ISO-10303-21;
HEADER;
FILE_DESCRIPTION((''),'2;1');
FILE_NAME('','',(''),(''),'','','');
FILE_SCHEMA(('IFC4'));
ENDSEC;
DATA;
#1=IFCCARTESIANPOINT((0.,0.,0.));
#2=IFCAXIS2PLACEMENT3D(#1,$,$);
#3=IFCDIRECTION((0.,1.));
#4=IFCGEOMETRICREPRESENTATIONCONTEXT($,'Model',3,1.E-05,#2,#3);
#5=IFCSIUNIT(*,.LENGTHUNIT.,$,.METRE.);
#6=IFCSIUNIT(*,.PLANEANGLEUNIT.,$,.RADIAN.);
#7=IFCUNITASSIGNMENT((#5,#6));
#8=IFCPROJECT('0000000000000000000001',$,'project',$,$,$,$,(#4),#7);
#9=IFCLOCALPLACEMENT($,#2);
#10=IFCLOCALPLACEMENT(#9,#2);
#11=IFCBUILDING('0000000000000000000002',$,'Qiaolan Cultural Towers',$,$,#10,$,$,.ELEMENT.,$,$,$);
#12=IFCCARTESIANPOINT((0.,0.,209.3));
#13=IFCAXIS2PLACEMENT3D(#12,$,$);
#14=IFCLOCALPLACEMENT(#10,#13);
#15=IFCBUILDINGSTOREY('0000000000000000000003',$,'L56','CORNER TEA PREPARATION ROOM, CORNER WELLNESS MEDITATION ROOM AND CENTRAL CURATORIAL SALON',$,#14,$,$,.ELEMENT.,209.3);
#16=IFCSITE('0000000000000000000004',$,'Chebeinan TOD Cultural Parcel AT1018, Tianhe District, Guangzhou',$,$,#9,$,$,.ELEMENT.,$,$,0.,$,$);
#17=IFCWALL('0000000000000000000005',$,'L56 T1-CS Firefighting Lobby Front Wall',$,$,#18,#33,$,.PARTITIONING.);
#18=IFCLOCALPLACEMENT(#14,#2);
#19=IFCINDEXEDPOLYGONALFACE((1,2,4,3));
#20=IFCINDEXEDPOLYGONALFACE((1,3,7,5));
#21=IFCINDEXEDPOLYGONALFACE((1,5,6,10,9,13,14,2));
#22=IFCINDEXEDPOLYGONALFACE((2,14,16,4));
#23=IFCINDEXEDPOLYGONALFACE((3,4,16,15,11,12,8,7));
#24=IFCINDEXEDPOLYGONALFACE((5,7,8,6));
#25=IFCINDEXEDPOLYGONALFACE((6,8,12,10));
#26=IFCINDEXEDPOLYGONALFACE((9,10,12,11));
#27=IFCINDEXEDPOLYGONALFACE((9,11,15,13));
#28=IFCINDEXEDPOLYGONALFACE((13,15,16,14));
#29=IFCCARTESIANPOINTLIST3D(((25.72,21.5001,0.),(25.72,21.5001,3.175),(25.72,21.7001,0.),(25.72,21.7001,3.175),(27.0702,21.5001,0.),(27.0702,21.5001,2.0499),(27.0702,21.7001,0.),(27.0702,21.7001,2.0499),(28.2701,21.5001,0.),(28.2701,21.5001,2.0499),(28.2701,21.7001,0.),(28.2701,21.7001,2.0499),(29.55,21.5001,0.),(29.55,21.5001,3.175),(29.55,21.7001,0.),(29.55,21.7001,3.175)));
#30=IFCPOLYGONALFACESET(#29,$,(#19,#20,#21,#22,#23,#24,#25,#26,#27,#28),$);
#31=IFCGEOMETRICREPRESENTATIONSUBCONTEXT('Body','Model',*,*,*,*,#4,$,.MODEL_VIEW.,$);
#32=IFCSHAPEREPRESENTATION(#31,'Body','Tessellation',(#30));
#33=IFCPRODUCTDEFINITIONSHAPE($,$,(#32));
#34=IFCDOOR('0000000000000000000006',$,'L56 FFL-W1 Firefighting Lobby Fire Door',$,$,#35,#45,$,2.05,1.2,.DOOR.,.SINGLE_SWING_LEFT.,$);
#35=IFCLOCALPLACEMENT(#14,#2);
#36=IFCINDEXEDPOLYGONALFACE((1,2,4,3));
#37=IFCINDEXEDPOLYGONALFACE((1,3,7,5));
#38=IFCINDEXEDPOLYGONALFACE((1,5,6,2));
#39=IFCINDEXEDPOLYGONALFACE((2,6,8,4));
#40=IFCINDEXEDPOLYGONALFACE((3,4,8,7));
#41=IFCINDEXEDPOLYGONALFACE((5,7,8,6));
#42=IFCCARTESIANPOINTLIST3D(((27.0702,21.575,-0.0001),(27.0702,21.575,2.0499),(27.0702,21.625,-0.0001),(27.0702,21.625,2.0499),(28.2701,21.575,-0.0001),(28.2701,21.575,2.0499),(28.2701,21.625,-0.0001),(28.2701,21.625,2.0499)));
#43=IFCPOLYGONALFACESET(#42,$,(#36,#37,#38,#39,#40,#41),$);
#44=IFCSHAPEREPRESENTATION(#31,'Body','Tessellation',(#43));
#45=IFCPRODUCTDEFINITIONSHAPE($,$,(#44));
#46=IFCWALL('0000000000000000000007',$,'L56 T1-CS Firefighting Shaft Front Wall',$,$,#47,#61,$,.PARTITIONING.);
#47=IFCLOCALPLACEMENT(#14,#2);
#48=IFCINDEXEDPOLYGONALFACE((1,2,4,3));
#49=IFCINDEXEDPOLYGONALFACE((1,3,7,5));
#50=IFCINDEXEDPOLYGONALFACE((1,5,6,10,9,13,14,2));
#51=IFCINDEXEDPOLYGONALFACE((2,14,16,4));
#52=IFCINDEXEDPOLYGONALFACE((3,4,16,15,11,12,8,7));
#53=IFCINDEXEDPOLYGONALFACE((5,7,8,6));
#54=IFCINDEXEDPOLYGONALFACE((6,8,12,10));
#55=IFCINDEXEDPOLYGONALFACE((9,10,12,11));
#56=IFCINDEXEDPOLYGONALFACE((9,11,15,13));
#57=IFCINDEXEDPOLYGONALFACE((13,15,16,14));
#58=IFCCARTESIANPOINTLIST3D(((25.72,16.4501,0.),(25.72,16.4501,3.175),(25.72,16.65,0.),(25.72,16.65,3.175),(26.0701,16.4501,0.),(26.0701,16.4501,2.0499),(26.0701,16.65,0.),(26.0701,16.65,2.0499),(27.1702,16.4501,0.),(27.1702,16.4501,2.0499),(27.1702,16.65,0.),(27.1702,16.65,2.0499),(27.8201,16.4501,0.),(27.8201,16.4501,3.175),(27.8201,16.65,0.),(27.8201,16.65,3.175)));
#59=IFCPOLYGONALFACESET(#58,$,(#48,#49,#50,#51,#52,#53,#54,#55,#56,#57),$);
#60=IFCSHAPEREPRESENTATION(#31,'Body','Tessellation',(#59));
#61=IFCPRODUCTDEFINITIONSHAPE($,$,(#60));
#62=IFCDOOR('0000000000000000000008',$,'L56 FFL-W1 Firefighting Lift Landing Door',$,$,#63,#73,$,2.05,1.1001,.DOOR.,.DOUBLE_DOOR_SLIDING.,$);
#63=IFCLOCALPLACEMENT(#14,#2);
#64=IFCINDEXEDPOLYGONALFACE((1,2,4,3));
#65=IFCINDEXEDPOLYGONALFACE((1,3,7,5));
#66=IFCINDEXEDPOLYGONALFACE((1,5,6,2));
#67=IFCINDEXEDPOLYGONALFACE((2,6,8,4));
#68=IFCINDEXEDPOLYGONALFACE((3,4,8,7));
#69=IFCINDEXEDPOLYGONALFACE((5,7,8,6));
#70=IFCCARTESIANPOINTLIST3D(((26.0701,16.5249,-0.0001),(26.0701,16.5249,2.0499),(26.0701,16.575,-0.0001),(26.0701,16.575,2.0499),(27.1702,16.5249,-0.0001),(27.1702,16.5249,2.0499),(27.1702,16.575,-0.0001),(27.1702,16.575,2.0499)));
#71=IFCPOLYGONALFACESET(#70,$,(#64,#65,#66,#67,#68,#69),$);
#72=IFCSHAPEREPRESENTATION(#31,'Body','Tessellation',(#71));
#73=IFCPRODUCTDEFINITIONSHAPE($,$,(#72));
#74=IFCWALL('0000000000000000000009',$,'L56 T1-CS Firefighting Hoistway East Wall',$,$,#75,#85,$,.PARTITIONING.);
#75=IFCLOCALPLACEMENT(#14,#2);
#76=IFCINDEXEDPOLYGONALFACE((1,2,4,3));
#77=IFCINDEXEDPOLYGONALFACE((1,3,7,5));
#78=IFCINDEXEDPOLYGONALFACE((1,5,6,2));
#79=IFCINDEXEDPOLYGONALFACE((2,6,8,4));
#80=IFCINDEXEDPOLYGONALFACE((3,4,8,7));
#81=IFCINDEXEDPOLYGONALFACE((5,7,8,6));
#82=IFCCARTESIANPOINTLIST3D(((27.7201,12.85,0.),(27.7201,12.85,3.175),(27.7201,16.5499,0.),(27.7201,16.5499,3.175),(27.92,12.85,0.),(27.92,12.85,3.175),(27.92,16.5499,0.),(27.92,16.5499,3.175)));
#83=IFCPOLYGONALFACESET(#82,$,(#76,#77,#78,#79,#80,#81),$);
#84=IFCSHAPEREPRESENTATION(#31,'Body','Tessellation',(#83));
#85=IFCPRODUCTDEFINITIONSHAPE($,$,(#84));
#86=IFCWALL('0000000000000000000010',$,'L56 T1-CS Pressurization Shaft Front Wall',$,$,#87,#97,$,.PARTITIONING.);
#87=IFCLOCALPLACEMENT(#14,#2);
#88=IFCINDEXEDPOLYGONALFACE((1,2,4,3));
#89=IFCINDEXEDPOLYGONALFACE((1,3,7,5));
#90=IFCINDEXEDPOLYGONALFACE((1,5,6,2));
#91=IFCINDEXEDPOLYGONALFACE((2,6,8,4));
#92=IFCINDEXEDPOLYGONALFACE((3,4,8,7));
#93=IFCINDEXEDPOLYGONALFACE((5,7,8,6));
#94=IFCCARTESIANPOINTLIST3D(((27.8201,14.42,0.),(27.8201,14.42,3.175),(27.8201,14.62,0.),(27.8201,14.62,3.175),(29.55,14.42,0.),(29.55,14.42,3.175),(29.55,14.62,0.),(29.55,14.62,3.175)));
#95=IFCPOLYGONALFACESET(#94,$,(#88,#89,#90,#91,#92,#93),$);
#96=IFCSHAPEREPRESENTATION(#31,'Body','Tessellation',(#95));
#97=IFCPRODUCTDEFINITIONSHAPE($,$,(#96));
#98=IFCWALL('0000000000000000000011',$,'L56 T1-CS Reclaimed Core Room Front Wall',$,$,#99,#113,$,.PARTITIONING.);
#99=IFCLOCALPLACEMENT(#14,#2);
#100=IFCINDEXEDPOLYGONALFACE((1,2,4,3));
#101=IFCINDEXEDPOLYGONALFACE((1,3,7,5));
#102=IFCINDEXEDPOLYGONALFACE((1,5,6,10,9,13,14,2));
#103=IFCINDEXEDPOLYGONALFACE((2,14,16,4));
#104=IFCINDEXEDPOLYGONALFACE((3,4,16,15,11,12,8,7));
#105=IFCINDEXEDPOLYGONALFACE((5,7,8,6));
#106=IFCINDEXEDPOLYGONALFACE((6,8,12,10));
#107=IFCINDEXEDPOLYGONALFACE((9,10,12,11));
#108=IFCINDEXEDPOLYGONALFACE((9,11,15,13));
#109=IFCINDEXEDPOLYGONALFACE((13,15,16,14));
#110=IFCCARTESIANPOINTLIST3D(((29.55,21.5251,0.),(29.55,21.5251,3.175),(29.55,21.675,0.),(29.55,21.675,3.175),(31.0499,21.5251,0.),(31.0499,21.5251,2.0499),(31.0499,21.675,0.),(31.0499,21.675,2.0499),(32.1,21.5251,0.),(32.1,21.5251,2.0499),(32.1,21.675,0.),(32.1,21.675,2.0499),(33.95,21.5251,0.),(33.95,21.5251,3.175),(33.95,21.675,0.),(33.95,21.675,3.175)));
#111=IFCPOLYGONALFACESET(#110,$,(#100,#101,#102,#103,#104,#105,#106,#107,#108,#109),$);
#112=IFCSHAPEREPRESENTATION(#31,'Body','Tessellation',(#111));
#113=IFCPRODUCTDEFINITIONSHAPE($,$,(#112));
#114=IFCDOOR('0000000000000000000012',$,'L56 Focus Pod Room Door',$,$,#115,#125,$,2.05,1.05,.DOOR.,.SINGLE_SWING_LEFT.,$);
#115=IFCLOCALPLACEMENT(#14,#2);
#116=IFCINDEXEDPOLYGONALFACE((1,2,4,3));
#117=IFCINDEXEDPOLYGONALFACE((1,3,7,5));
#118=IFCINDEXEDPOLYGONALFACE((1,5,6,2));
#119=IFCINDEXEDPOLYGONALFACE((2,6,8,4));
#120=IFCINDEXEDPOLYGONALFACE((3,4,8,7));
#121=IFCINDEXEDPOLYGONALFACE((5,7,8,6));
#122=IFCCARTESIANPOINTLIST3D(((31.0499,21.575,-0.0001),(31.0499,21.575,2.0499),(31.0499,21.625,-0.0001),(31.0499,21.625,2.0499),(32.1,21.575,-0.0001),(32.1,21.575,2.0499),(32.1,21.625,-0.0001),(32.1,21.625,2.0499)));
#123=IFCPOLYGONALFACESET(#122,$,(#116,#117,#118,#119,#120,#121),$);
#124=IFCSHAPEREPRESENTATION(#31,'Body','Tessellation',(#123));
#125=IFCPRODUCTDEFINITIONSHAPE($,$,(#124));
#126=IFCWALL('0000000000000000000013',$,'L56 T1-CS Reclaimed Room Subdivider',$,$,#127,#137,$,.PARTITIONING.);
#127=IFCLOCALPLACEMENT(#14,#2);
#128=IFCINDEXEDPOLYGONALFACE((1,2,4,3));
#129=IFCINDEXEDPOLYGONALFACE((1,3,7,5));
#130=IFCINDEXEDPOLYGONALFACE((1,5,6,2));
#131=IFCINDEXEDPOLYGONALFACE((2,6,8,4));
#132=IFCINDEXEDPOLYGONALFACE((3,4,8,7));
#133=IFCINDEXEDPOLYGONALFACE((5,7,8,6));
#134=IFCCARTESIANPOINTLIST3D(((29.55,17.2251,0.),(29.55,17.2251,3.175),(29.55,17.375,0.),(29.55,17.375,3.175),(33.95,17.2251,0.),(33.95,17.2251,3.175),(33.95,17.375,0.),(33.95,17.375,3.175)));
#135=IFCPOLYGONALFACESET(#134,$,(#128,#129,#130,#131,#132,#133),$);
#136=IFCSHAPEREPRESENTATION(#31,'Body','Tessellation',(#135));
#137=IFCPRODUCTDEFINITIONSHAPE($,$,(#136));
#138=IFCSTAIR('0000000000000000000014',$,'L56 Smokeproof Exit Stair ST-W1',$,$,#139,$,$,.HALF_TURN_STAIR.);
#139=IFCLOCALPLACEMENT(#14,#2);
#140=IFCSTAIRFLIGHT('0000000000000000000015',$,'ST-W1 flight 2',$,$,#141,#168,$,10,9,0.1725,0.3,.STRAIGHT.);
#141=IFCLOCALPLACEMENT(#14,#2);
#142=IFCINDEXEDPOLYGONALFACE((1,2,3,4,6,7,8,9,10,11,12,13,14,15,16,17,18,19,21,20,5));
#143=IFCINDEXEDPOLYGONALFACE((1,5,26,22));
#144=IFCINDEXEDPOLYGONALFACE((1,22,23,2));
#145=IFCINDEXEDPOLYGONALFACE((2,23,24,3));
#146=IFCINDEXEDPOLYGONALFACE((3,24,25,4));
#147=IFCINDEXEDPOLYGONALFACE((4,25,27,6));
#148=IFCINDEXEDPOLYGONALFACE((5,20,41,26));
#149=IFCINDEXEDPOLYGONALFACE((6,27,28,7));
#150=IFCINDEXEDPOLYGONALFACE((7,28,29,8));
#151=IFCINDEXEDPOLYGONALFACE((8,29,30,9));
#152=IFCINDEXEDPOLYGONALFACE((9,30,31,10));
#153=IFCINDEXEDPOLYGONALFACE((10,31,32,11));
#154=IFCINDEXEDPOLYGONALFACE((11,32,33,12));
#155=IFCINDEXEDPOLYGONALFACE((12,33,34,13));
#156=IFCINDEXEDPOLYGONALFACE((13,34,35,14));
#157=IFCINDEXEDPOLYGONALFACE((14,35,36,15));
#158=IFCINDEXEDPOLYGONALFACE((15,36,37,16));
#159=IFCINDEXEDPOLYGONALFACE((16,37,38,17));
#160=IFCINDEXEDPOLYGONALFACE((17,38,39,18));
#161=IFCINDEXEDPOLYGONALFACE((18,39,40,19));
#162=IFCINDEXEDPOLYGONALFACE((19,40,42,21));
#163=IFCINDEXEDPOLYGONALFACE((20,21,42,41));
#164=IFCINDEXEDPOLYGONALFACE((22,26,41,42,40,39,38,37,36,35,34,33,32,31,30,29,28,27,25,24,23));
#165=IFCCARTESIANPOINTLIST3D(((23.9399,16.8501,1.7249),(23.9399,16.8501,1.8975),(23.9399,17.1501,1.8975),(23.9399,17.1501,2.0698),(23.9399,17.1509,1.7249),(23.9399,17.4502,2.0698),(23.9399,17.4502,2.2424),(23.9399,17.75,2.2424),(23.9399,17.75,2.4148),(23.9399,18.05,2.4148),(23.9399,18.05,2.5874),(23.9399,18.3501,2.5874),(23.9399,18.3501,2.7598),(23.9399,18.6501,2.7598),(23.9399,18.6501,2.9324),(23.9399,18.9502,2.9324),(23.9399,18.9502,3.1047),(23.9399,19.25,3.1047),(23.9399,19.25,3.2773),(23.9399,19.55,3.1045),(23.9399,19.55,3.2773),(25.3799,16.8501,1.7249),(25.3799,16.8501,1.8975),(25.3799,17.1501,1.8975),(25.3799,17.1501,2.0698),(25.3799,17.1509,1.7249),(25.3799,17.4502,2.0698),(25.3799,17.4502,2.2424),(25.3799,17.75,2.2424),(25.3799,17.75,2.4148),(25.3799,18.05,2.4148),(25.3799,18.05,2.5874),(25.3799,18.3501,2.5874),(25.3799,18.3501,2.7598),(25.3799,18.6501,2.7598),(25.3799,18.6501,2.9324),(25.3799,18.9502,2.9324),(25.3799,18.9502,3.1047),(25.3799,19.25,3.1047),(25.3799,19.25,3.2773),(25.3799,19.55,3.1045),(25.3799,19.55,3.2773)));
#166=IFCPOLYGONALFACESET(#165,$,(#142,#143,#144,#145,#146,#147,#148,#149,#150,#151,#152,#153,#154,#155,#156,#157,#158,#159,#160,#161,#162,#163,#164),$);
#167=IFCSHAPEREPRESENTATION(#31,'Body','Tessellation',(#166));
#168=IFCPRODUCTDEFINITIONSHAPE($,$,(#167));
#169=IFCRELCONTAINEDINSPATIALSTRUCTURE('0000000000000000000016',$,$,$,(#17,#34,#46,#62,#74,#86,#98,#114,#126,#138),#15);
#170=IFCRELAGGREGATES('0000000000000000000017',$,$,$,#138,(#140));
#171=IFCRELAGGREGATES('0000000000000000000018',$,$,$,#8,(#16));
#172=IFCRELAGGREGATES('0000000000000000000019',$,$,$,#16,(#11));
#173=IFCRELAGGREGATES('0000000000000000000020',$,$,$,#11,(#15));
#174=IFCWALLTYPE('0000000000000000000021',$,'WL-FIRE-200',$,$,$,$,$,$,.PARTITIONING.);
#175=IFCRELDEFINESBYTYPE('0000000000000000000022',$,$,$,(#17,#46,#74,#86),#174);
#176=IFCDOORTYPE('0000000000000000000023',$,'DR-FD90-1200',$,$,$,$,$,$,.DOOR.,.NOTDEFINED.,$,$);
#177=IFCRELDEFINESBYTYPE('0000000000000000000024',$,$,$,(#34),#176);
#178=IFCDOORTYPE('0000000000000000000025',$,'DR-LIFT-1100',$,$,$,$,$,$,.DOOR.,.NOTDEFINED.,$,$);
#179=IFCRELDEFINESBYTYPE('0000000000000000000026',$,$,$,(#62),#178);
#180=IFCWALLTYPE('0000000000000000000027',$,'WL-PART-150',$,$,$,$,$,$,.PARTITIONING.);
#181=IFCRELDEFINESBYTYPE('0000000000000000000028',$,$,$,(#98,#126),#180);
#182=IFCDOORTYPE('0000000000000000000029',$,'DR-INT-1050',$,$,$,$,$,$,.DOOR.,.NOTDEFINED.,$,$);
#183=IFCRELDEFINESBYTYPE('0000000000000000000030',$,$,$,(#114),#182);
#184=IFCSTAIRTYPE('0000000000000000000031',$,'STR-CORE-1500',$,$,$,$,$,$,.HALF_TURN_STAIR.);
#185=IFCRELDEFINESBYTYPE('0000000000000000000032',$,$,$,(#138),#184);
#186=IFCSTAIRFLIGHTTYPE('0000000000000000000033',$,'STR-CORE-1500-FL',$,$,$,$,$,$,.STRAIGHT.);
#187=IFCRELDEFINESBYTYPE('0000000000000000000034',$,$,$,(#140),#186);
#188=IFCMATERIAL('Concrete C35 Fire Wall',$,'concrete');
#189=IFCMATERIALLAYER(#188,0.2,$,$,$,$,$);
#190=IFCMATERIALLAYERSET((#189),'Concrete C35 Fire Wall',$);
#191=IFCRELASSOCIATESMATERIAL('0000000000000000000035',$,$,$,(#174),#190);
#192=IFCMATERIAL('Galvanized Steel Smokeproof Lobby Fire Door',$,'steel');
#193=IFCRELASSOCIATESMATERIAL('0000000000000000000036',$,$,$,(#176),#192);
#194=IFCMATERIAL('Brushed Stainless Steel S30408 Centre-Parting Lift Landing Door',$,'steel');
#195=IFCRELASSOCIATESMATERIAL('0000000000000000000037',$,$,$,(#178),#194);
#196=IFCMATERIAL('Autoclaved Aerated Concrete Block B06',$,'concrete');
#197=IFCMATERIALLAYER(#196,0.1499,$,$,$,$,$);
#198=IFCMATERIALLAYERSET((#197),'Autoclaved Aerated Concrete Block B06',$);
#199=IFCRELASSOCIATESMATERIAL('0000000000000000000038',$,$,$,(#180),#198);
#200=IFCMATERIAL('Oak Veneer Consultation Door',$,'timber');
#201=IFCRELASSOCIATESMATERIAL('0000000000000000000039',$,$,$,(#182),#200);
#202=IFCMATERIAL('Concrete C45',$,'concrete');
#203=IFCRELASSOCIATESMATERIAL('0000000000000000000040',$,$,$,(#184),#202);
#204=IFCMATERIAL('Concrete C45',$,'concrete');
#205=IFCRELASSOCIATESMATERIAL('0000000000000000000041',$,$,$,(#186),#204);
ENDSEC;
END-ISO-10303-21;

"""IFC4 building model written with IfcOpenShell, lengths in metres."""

from ifc_helpers import new_model, si_unit, direction, frame, frame_2d, origin, place, context, subcontext, project, spatial, polyline, rectangle, outline, extrude, material, layer, layer_set, type_object, element, fill, aggregate, save


model = new_model("IFC4")

# Units and contexts
model_context = context("Model", 3, precision=1e-05, world=origin(), true_north=direction((0.0, 1.0)))
body_context = subcontext(model_context, "Body", "Model", "MODEL_VIEW")
ifc_project = project(units=[si_unit("LENGTHUNIT", "METRE"), si_unit("PLANEANGLEUNIT", "RADIAN")], contexts=[model_context])

# Site, building, storey
site_placement = place(None, origin())
site = spatial("IfcSite", under=ifc_project, at=site_placement, Name="Chebeinan TOD Cultural Parcel AT1018, Tianhe District, Guangzhou", CompositionType="ELEMENT", RefElevation=0.0)
building_placement = place(site_placement, origin())
building = spatial("IfcBuilding", under=site, at=building_placement, Name="Qiaolan Cultural Towers", CompositionType="ELEMENT")
storey_placement = place(building_placement, frame((0.0, 0.0, 209.3)))
storey = spatial("IfcBuildingStorey", under=building, at=storey_placement, Name="L56", Description="CORNER TEA PREPARATION ROOM, CORNER WELLNESS MEDITATION ROOM AND CENTRAL CURATORIAL SALON", CompositionType="ELEMENT", Elevation=209.3)

# Shared definitions
ifc_material_1 = material(Name="Concrete C35 Fire Wall", Category="concrete")
ifc_layer_1 = layer(ifc_material_1, 0.2)
ifc_layer_set_1 = layer_set([ifc_layer_1], Name="Concrete C35 Fire Wall")
wall_type_1 = type_object("IfcWallType", Name="WL-FIRE-200", PredefinedType="PARTITIONING", material=ifc_layer_set_1)

# Walls, openings, doors
wall_1_placement = place(storey_placement, frame((25.72, 21.6001, 0.0), z_axis=(0.0, 0.0, 1.0), x_axis=(1.0, 0.0, 0.0)))
wall_1 = element("IfcWall", 1, at=wall_1_placement, inside=storey, type_object=wall_type_1, Name="L56 T1-CS Firefighting Lobby Front Wall", PredefinedType="PARTITIONING", context=body_context, shape_type="SweptSolid", body=[
    extrude(rectangle(XDim=3.8301, YDim=0.2, at=frame_2d((1.915, 0.0))), origin(), (0.0, 0.0, 1.0), 3.175),
])
opening_1_placement = place(wall_1_placement, frame((1.3501, 0.0, 0.0)))
opening_1 = element("IfcOpeningElement", 2, at=opening_1_placement, cuts=wall_1, PredefinedType="OPENING", context=body_context, shape_type="SweptSolid", body=[
    extrude(rectangle(XDim=1.2, YDim=2.05, at=frame_2d((0.6001, 1.0249))), frame((0.0, 0.1099, 0.0), z_axis=(0.0, -1.0, 0.0), x_axis=(1.0, 0.0, 0.0)), (0.0, 0.0, 1.0), 0.22),
])
ifc_material_2 = material(Name="Galvanized Steel Smokeproof Lobby Fire Door", Category="steel")
door_type_1 = type_object("IfcDoorType", Name="DR-FD90-1200", OperationType="NOTDEFINED", PredefinedType="DOOR", material=ifc_material_2)
door_1_placement = place(opening_1_placement, origin())
door_1 = element("IfcDoor", 3, at=door_1_placement, inside=storey, type_object=door_type_1, Name="L56 FFL-W1 Firefighting Lobby Fire Door", OperationType="SINGLE_SWING_LEFT", OverallHeight=2.05, OverallWidth=1.2, PredefinedType="DOOR", context=body_context, shape_type="SweptSolid", body=[
    extrude(rectangle(XDim=1.2, YDim=2.05, at=frame_2d((0.6001, 1.0249))), frame((0.0, 0.0249, 0.0), z_axis=(0.0, -1.0, 0.0), x_axis=(1.0, 0.0, 0.0)), (0.0, 0.0, 1.0), 0.05),
])
fill(opening_1, door_1)
wall_2_placement = place(storey_placement, frame((25.72, 16.55, 0.0), z_axis=(0.0, 0.0, 1.0), x_axis=(1.0, 0.0, 0.0)))
wall_2 = element("IfcWall", 4, at=wall_2_placement, inside=storey, type_object=wall_type_1, Name="L56 T1-CS Firefighting Shaft Front Wall", PredefinedType="PARTITIONING", context=body_context, shape_type="SweptSolid", body=[
    extrude(rectangle(XDim=2.1001, YDim=0.2, at=frame_2d((1.05, 0.0))), origin(), (0.0, 0.0, 1.0), 3.175),
])
opening_2_placement = place(wall_2_placement, frame((0.3501, 0.0, 0.0)))
opening_2 = element("IfcOpeningElement", 5, at=opening_2_placement, cuts=wall_2, PredefinedType="OPENING", context=body_context, shape_type="SweptSolid", body=[
    extrude(rectangle(XDim=1.1001, YDim=2.05, at=frame_2d((0.55, 1.0249))), frame((0.0, 0.1099, 0.0), z_axis=(0.0, -1.0, 0.0), x_axis=(1.0, 0.0, 0.0)), (0.0, 0.0, 1.0), 0.22),
])
ifc_material_3 = material(Name="Brushed Stainless Steel S30408 Centre-Parting Lift Landing Door", Category="steel")
door_type_2 = type_object("IfcDoorType", Name="DR-LIFT-1100", OperationType="NOTDEFINED", PredefinedType="DOOR", material=ifc_material_3)
door_2_placement = place(opening_2_placement, origin())
door_2 = element("IfcDoor", 6, at=door_2_placement, inside=storey, type_object=door_type_2, Name="L56 FFL-W1 Firefighting Lift Landing Door", OperationType="DOUBLE_DOOR_SLIDING", OverallHeight=2.05, OverallWidth=1.1001, PredefinedType="DOOR", context=body_context, shape_type="SweptSolid", body=[
    extrude(rectangle(XDim=1.1001, YDim=2.05, at=frame_2d((0.55, 1.0249))), frame((0.0, 0.0249, 0.0), z_axis=(0.0, -1.0, 0.0), x_axis=(1.0, 0.0, 0.0)), (0.0, 0.0, 1.0), 0.05),
])
fill(opening_2, door_2)

# Walls
wall_3_placement = place(storey_placement, frame((27.8201, 16.55, 0.0), z_axis=(0.0, 0.0, 1.0), x_axis=(0.0, -1.0, 0.0)))
element("IfcWall", 7, at=wall_3_placement, inside=storey, type_object=wall_type_1, Name="L56 T1-CS Firefighting Hoistway East Wall", PredefinedType="PARTITIONING", context=body_context, shape_type="SweptSolid", body=[
    extrude(rectangle(XDim=3.7, YDim=0.2, at=frame_2d((1.8501, 0.0))), origin(), (0.0, 0.0, 1.0), 3.175),
])
wall_4_placement = place(storey_placement, frame((27.8201, 14.52, 0.0), z_axis=(0.0, 0.0, 1.0), x_axis=(1.0, 0.0, 0.0)))
element("IfcWall", 8, at=wall_4_placement, inside=storey, type_object=wall_type_1, Name="L56 T1-CS Pressurization Shaft Front Wall", PredefinedType="PARTITIONING", context=body_context, shape_type="SweptSolid", body=[
    extrude(rectangle(XDim=1.73, YDim=0.2, at=frame_2d((0.865, 0.0))), origin(), (0.0, 0.0, 1.0), 3.175),
])

# Wall, opening, door
ifc_material_4 = material(Name="Autoclaved Aerated Concrete Block B06", Category="concrete")
ifc_layer_2 = layer(ifc_material_4, 0.1499)
ifc_layer_set_2 = layer_set([ifc_layer_2], Name="Autoclaved Aerated Concrete Block B06")
wall_type_2 = type_object("IfcWallType", Name="WL-PART-150", PredefinedType="PARTITIONING", material=ifc_layer_set_2)
wall_5_placement = place(storey_placement, frame((29.55, 21.6001, 0.0), z_axis=(0.0, 0.0, 1.0), x_axis=(1.0, 0.0, 0.0)))
wall_5 = element("IfcWall", 9, at=wall_5_placement, inside=storey, type_object=wall_type_2, Name="L56 T1-CS Reclaimed Core Room Front Wall", PredefinedType="PARTITIONING", context=body_context, shape_type="SweptSolid", body=[
    extrude(rectangle(XDim=4.3999, YDim=0.1499, at=frame_2d((2.2, 0.0))), origin(), (0.0, 0.0, 1.0), 3.175),
])
opening_3_placement = place(wall_5_placement, frame((1.5, 0.0, 0.0)))
opening_3 = element("IfcOpeningElement", 10, at=opening_3_placement, cuts=wall_5, PredefinedType="OPENING", context=body_context, shape_type="SweptSolid", body=[
    extrude(rectangle(XDim=1.05, YDim=2.05, at=frame_2d((0.5249, 1.0249))), frame((0.0, 0.085, 0.0), z_axis=(0.0, -1.0, 0.0), x_axis=(1.0, 0.0, 0.0)), (0.0, 0.0, 1.0), 0.1699),
])
ifc_material_5 = material(Name="Oak Veneer Consultation Door", Category="timber")
door_type_3 = type_object("IfcDoorType", Name="DR-INT-1050", OperationType="NOTDEFINED", PredefinedType="DOOR", material=ifc_material_5)
door_3_placement = place(opening_3_placement, origin())
door_3 = element("IfcDoor", 11, at=door_3_placement, inside=storey, type_object=door_type_3, Name="L56 Focus Pod Room Door", OperationType="SINGLE_SWING_LEFT", OverallHeight=2.05, OverallWidth=1.05, PredefinedType="DOOR", context=body_context, shape_type="SweptSolid", body=[
    extrude(rectangle(XDim=1.05, YDim=2.05, at=frame_2d((0.5249, 1.0249))), frame((0.0, 0.0249, 0.0), z_axis=(0.0, -1.0, 0.0), x_axis=(1.0, 0.0, 0.0)), (0.0, 0.0, 1.0), 0.05),
])
fill(opening_3, door_3)

# Wall
wall_6_placement = place(storey_placement, frame((29.55, 17.3, 0.0), z_axis=(0.0, 0.0, 1.0), x_axis=(1.0, 0.0, 0.0)))
element("IfcWall", 12, at=wall_6_placement, inside=storey, type_object=wall_type_2, Name="L56 T1-CS Reclaimed Room Subdivider", PredefinedType="PARTITIONING", context=body_context, shape_type="SweptSolid", body=[
    extrude(rectangle(XDim=4.3999, YDim=0.1499, at=frame_2d((2.2, 0.0))), origin(), (0.0, 0.0, 1.0), 3.175),
])

# Stair, stair flight
ifc_material_6 = material(Name="Concrete C45", Category="concrete")
stair_type = type_object("IfcStairType", Name="STR-CORE-1500", PredefinedType="HALF_TURN_STAIR", material=ifc_material_6)
stair_placement = place(storey_placement, origin())
stair = element("IfcStair", 13, at=stair_placement, inside=storey, type_object=stair_type, Name="L56 Smokeproof Exit Stair ST-W1", PredefinedType="HALF_TURN_STAIR")
ifc_material_7 = material(Name="Concrete C45", Category="concrete")
stair_flight_type = type_object("IfcStairFlightType", Name="STR-CORE-1500-FL", PredefinedType="STRAIGHT", material=ifc_material_7)
stair_flight_placement = place(storey_placement, frame((24.6599, 16.8501, 1.7249), z_axis=(0.0, 0.0, 1.0), x_axis=(0.0, 1.0, 0.0)))
stair_flight = element("IfcStairFlight", 14, at=stair_flight_placement, type_object=stair_flight_type, Name="ST-W1 flight 2", NumberOfRisers=10, NumberOfTreads=9, PredefinedType="STRAIGHT", RiserHeight=0.1725, TreadLength=0.3, context=body_context, shape_type="SweptSolid", body=[
    extrude(outline(polyline([(0.0, 0.0), (0.0, 0.1726), (0.3, 0.1726), (0.3, 0.345), (0.6001, 0.345), (0.6001, 0.5176), (0.8999, 0.5176), (0.8999, 0.6899), (1.2, 0.6899), (1.2, 0.8625), (1.5, 0.8625), (1.5, 1.0349), (1.8, 1.0349), (1.8, 1.2075), (2.1001, 1.2075), (2.1001, 1.3799), (2.3999, 1.3799), (2.3999, 1.5525), (2.7, 1.5525), (2.7, 1.7251), (2.7, 1.3796), (0.3008, 0.0), (0.0, 0.0)])), frame((0.0, 0.72, 0.0), z_axis=(0.0, -1.0, 0.0), x_axis=(1.0, 0.0, 0.0)), (0.0, 0.0, 1.0), 1.4399),
])
aggregate(stair, [stair_flight])

save(model, "model.ifc")
